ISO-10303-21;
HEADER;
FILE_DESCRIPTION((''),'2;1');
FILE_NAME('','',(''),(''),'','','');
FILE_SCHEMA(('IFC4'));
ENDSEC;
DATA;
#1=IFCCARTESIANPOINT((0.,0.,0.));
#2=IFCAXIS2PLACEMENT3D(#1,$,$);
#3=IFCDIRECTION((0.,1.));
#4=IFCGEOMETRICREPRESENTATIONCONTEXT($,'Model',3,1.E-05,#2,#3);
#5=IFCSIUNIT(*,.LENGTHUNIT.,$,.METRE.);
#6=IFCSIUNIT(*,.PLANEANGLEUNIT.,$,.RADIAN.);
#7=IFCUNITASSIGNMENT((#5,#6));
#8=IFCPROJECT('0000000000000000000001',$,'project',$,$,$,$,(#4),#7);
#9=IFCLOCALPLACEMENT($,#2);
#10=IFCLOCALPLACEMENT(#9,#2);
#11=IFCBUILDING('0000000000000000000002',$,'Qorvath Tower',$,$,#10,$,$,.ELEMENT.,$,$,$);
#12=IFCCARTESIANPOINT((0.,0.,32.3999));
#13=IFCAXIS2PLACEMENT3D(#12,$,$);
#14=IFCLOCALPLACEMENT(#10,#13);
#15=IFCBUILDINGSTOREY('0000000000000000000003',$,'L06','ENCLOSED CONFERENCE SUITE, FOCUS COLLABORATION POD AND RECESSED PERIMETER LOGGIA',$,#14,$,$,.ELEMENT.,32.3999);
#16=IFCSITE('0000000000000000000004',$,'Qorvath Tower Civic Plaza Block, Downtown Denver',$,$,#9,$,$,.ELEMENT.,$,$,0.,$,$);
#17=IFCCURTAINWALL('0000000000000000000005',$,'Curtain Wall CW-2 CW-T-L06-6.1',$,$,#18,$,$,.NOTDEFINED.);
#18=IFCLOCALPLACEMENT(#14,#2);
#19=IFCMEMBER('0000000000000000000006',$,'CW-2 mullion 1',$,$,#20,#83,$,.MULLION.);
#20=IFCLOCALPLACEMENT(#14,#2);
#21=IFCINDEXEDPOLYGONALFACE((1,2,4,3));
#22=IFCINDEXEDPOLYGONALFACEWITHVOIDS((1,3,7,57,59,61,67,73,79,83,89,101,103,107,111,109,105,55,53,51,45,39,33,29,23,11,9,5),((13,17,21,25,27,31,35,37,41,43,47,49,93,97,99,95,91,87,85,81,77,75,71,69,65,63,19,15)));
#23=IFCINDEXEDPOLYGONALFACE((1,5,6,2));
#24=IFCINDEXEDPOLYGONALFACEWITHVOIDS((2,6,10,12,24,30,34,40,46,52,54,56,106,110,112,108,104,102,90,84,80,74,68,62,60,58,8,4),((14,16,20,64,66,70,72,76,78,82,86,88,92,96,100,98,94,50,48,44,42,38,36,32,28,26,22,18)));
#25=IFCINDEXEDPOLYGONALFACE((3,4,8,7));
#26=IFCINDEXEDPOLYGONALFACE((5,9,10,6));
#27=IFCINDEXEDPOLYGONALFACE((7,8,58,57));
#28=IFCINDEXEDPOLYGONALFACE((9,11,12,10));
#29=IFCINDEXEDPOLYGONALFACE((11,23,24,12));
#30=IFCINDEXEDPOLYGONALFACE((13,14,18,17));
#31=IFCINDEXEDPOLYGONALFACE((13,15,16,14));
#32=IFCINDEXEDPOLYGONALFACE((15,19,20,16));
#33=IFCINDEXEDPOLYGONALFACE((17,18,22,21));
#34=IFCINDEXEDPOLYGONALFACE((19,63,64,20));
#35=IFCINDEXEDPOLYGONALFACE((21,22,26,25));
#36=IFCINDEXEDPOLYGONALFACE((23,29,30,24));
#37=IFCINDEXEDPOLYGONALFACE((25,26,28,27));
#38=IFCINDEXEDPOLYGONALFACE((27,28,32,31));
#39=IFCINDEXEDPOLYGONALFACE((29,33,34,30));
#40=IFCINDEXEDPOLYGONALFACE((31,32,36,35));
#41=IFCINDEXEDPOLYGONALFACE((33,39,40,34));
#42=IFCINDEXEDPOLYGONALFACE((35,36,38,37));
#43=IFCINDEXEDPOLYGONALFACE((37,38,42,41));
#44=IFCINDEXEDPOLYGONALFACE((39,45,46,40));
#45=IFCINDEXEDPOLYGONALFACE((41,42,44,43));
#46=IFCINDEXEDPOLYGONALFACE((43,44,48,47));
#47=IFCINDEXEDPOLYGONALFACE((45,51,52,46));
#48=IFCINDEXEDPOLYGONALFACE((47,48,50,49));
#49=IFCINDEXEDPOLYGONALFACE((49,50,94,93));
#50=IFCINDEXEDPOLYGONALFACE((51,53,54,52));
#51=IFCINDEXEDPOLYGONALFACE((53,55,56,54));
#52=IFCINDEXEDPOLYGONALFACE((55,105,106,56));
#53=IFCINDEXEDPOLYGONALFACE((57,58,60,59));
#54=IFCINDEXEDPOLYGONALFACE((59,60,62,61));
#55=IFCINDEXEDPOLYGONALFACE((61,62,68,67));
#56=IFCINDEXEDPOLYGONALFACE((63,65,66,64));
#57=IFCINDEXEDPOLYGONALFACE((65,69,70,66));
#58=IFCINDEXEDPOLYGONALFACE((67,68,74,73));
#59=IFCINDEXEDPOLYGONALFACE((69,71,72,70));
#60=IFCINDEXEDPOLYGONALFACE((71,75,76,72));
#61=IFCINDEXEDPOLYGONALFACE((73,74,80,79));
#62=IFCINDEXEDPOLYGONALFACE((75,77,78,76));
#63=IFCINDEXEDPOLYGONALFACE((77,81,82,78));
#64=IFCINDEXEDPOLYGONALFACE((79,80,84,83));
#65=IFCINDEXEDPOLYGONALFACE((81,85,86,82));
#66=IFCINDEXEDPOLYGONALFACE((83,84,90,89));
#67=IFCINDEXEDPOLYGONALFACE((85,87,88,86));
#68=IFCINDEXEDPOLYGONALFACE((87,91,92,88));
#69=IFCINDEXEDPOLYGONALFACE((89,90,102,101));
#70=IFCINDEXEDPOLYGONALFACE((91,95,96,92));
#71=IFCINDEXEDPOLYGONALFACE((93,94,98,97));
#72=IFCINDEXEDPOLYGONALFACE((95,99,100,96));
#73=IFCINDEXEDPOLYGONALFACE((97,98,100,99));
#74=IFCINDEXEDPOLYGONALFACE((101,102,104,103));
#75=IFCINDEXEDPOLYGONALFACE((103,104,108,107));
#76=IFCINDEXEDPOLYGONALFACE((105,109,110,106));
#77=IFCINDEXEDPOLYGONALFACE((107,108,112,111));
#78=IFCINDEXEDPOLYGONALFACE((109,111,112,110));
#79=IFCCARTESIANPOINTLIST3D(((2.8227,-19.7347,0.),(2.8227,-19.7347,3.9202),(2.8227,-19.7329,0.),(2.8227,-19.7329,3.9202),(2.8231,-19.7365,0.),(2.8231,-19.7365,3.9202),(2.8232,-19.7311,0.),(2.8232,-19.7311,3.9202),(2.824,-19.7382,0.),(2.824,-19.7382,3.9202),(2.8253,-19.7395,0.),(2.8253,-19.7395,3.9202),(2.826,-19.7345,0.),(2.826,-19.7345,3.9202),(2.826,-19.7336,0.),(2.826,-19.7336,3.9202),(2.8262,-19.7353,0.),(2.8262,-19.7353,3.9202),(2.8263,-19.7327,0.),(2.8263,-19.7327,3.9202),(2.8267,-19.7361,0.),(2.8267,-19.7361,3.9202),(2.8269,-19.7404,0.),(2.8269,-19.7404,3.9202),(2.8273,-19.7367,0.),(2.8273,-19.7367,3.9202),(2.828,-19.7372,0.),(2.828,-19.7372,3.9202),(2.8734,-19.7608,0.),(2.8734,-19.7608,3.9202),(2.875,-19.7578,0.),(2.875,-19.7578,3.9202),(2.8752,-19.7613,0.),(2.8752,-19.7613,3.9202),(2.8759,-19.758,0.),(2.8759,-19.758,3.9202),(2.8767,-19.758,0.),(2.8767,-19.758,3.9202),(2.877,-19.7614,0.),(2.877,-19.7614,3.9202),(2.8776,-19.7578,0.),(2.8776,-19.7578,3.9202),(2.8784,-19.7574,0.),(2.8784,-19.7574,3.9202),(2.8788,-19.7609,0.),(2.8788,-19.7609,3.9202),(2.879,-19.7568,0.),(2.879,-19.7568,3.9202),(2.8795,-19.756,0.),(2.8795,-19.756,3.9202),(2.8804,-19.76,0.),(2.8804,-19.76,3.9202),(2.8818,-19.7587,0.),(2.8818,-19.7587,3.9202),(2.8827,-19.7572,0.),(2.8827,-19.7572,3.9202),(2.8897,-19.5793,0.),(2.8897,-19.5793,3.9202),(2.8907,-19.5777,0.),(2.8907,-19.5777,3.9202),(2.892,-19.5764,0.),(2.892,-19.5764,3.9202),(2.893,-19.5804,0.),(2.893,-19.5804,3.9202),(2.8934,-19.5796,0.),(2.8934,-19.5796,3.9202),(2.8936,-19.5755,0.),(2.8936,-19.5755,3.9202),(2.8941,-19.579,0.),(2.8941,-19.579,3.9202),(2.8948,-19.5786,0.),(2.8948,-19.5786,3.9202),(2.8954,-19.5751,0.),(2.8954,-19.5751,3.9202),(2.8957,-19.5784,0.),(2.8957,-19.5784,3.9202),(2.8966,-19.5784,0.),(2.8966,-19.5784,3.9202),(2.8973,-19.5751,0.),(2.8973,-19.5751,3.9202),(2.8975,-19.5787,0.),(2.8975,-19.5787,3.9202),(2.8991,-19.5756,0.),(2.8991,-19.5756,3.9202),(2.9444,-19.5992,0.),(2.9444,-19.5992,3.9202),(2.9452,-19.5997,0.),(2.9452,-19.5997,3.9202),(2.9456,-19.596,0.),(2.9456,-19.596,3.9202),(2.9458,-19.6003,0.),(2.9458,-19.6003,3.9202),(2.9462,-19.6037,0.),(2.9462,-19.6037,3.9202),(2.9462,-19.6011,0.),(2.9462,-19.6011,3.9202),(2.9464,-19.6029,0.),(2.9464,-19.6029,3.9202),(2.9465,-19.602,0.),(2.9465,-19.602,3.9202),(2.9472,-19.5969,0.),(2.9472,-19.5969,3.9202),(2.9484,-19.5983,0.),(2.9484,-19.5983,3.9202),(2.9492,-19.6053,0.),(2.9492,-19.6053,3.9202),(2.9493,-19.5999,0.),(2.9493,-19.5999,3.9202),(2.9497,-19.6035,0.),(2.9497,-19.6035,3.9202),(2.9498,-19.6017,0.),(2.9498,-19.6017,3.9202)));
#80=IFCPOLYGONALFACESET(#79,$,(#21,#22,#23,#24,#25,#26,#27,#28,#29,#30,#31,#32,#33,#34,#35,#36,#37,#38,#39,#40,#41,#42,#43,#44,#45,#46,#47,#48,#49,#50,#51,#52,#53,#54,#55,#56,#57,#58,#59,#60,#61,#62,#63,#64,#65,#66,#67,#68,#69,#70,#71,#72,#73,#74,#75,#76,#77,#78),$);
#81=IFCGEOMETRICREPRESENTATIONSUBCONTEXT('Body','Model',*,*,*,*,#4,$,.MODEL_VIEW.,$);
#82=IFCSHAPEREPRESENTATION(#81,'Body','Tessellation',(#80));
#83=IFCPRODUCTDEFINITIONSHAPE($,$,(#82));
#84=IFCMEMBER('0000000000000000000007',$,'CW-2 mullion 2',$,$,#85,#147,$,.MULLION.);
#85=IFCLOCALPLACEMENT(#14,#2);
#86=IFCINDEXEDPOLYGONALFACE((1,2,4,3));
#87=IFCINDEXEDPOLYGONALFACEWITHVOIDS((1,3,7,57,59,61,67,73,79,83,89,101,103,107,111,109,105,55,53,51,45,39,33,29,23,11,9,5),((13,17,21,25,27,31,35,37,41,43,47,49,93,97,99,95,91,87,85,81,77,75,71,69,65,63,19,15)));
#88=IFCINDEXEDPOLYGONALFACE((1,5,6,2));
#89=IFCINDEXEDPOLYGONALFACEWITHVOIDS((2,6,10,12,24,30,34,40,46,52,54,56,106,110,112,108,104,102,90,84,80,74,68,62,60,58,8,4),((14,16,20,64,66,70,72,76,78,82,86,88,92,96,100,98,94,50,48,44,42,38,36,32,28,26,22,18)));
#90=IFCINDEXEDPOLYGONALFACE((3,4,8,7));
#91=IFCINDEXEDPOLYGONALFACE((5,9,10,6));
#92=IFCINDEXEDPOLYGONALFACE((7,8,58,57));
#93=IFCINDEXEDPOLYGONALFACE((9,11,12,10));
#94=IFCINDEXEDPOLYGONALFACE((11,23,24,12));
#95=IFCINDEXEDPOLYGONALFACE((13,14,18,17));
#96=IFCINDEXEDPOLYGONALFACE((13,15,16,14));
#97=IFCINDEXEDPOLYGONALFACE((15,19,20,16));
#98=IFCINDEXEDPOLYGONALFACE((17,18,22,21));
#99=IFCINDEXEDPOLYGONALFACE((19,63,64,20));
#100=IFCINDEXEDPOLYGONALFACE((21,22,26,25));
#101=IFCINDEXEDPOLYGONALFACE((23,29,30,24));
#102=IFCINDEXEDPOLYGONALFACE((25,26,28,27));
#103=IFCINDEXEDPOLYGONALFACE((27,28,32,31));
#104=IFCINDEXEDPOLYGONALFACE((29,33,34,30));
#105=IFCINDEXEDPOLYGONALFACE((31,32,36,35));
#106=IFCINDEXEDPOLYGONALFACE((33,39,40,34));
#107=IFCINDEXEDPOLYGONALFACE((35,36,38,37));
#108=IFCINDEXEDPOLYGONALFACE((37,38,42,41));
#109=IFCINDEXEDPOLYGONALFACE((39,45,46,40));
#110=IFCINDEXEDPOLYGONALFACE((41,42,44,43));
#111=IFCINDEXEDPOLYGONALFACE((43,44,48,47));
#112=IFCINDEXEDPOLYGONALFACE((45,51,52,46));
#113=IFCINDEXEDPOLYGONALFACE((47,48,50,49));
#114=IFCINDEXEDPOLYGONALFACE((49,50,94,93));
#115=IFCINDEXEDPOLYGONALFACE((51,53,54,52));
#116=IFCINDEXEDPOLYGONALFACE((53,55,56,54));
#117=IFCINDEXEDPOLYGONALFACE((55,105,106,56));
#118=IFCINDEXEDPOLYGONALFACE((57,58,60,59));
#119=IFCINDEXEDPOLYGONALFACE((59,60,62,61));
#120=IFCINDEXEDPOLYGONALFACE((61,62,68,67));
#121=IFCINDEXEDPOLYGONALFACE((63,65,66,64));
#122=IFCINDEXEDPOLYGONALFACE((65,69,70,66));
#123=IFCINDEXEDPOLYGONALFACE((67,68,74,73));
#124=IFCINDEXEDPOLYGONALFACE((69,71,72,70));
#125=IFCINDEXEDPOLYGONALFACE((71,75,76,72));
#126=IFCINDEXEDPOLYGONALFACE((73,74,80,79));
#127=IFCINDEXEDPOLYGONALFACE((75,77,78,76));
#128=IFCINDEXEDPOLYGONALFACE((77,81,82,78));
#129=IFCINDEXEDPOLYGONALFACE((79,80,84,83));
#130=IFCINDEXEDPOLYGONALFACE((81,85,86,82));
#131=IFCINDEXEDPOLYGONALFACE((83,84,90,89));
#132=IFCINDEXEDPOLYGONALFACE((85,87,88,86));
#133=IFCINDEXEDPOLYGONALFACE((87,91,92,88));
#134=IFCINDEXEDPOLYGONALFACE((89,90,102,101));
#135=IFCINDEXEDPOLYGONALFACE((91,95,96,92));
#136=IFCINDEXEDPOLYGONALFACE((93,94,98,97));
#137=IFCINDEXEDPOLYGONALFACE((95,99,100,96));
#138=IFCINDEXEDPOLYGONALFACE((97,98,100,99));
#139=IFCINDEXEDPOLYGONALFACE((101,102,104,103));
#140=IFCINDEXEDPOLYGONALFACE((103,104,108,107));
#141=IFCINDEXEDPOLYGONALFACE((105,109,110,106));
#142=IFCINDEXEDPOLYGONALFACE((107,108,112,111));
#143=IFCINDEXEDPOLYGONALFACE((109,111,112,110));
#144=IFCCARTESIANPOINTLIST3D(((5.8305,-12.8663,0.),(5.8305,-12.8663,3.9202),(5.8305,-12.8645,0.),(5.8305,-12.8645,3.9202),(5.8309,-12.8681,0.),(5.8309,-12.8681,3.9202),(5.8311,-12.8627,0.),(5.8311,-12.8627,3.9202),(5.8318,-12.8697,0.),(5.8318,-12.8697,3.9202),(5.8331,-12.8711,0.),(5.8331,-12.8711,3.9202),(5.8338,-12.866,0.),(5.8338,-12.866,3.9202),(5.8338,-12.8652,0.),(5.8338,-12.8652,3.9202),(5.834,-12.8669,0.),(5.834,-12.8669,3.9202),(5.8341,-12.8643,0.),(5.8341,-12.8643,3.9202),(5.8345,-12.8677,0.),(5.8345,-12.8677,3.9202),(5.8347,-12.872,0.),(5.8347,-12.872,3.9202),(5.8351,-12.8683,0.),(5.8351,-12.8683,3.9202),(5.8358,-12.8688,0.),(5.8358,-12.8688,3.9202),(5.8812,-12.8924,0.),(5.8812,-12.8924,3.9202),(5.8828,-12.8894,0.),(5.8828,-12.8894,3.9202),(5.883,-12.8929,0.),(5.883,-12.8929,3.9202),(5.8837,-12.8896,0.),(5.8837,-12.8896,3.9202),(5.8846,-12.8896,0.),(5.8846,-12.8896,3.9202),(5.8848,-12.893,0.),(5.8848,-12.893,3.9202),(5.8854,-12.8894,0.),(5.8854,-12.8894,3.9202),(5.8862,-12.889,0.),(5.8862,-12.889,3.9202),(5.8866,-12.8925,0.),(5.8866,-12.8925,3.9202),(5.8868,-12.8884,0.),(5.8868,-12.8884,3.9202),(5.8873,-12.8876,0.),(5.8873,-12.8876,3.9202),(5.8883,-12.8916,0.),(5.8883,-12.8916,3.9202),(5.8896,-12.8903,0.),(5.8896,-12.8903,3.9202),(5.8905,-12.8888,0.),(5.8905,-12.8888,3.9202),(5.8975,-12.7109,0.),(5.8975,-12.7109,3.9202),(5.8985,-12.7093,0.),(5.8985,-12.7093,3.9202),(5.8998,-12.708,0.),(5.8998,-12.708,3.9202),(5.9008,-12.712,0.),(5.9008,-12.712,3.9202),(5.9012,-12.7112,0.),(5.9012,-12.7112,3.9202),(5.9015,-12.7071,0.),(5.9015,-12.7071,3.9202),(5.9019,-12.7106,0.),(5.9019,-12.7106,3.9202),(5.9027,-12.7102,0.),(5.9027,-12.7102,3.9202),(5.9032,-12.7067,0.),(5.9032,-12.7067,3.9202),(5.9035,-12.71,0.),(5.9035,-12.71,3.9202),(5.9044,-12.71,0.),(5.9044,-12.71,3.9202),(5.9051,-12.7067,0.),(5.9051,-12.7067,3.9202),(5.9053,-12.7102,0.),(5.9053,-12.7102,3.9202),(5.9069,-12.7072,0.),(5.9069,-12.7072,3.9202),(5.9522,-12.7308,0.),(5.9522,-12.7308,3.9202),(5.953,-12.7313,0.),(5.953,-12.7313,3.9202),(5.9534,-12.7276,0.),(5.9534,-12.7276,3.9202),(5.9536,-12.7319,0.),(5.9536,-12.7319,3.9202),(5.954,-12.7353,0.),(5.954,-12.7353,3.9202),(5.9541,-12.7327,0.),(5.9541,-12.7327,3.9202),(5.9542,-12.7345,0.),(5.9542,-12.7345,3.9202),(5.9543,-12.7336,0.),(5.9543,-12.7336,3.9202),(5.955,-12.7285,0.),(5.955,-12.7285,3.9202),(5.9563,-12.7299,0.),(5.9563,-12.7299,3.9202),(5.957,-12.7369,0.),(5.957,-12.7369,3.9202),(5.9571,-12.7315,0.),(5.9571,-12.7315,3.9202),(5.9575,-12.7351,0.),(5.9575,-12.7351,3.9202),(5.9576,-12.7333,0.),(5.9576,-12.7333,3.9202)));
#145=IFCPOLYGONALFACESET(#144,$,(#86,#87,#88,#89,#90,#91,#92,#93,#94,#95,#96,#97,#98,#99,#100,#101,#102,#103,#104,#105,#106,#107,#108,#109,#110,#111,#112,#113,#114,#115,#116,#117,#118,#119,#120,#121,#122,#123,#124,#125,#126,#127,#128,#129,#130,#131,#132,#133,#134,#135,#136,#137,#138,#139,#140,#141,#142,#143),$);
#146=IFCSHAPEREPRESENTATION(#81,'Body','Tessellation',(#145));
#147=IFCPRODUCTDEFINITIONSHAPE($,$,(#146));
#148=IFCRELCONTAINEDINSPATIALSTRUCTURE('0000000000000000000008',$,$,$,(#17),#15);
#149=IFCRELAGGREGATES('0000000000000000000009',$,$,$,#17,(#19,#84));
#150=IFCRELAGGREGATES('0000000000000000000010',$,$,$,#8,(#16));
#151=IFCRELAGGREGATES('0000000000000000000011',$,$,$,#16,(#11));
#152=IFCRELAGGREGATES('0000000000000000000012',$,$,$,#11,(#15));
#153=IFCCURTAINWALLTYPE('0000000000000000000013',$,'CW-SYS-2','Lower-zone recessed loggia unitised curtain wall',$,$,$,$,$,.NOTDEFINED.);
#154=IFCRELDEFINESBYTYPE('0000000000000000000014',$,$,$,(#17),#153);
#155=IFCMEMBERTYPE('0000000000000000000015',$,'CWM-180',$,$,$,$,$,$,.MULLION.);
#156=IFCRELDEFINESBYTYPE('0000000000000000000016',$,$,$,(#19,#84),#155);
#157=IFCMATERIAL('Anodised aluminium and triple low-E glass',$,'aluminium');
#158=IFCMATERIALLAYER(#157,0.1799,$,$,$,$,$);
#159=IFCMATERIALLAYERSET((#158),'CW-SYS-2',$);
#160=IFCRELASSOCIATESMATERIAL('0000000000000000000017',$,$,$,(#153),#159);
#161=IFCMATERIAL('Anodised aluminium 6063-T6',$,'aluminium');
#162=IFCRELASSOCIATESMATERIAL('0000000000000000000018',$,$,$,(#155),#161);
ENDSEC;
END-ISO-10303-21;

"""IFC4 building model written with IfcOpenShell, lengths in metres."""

from ifc_helpers import new_model, si_unit, direction, frame, origin, origin_2d, place, context, subcontext, project, spatial, hollow_rectangle, extrude, material, layer, layer_set, material_profile, profile_set, type_object, element, aggregate, save


model = new_model("IFC4")

# Units and contexts
model_context = context("Model", 3, precision=1e-05, world=origin(), true_north=direction((0.0, 1.0)))
body_context = subcontext(model_context, "Body", "Model", "MODEL_VIEW")
ifc_project = project(units=[si_unit("LENGTHUNIT", "METRE"), si_unit("PLANEANGLEUNIT", "RADIAN")], contexts=[model_context])

# Site, building, storey
site_placement = place(None, origin())
site = spatial("IfcSite", under=ifc_project, at=site_placement, Name="Qorvath Tower Civic Plaza Block, Downtown Denver", CompositionType="ELEMENT", RefElevation=0.0)
building_placement = place(site_placement, origin())
building = spatial("IfcBuilding", under=site, at=building_placement, Name="Qorvath Tower", CompositionType="ELEMENT")
storey_placement = place(building_placement, frame((0.0, 0.0, 32.3999)))
storey = spatial("IfcBuildingStorey", under=building, at=storey_placement, Name="L06", Description="ENCLOSED CONFERENCE SUITE, FOCUS COLLABORATION POD AND RECESSED PERIMETER LOGGIA", CompositionType="ELEMENT", Elevation=32.3999)

# Curtain wall, members
ifc_material_1 = material(Name="Anodised aluminium and triple low-E glass", Category="aluminium")
ifc_layer_1 = layer(ifc_material_1, 0.1799)
ifc_layer_set_1 = layer_set([ifc_layer_1], Name="CW-SYS-2")
curtain_wall_type = type_object("IfcCurtainWallType", Name="CW-SYS-2", Description="Lower-zone recessed loggia unitised curtain wall", PredefinedType="NOTDEFINED", material=ifc_layer_set_1)
ifc_material_2 = material(Name="Anodised aluminium 6063-T6", Category="aluminium")
ifc_material_profile_1 = material_profile(ifc_material_2, hollow_rectangle(XDim=0.0649, YDim=0.1799, WallThickness=0.0034, InnerFilletRadius=0.0034, OuterFilletRadius=0.0071, at=origin_2d()), Name="CWM 180x65")
ifc_profile_set_1 = profile_set([ifc_material_profile_1], Name="Anodised aluminium 6063-T6")
member_type_1 = type_object("IfcMemberType", Name="CWM-180", PredefinedType="MULLION", material=ifc_profile_set_1)
curtain_wall_1_placement = place(storey_placement, origin())
curtain_wall_1 = element("IfcCurtainWall", 1, at=curtain_wall_1_placement, inside=storey, type_object=curtain_wall_type, Name="Curtain Wall CW-2 CW-T-L06-6.1", PredefinedType="NOTDEFINED")
member_1_placement = place(storey_placement, frame((2.8862, -19.6682, 0.0), z_axis=(0.0, 0.0, 1.0), x_axis=(-0.916026, 0.401118, 0.0)))
member_1 = element("IfcMember", 2, at=member_1_placement, type_object=member_type_1, Name="CW-2 mullion 1", PredefinedType="MULLION", context=body_context, shape_type="SweptSolid", body=[
    extrude(hollow_rectangle(XDim=0.0649, YDim=0.1799, WallThickness=0.0034, InnerFilletRadius=0.0034, OuterFilletRadius=0.0071, at=origin_2d()), origin(), (0.0, 0.0, 1.0), 3.9202),
])
member_2_placement = place(storey_placement, frame((5.894, -12.7998, 0.0), z_axis=(0.0, 0.0, 1.0), x_axis=(-0.916026, 0.401118, 0.0)))
member_2 = element("IfcMember", 3, at=member_2_placement, type_object=member_type_1, Name="CW-2 mullion 2", PredefinedType="MULLION", context=body_context, shape_type="SweptSolid", body=[
    extrude(hollow_rectangle(XDim=0.0649, YDim=0.1799, WallThickness=0.0034, InnerFilletRadius=0.0034, OuterFilletRadius=0.0071, at=origin_2d()), origin(), (0.0, 0.0, 1.0), 3.9202),
])

aggregate(curtain_wall_1, [member_1, member_2])

save(model, "model.ifc")
